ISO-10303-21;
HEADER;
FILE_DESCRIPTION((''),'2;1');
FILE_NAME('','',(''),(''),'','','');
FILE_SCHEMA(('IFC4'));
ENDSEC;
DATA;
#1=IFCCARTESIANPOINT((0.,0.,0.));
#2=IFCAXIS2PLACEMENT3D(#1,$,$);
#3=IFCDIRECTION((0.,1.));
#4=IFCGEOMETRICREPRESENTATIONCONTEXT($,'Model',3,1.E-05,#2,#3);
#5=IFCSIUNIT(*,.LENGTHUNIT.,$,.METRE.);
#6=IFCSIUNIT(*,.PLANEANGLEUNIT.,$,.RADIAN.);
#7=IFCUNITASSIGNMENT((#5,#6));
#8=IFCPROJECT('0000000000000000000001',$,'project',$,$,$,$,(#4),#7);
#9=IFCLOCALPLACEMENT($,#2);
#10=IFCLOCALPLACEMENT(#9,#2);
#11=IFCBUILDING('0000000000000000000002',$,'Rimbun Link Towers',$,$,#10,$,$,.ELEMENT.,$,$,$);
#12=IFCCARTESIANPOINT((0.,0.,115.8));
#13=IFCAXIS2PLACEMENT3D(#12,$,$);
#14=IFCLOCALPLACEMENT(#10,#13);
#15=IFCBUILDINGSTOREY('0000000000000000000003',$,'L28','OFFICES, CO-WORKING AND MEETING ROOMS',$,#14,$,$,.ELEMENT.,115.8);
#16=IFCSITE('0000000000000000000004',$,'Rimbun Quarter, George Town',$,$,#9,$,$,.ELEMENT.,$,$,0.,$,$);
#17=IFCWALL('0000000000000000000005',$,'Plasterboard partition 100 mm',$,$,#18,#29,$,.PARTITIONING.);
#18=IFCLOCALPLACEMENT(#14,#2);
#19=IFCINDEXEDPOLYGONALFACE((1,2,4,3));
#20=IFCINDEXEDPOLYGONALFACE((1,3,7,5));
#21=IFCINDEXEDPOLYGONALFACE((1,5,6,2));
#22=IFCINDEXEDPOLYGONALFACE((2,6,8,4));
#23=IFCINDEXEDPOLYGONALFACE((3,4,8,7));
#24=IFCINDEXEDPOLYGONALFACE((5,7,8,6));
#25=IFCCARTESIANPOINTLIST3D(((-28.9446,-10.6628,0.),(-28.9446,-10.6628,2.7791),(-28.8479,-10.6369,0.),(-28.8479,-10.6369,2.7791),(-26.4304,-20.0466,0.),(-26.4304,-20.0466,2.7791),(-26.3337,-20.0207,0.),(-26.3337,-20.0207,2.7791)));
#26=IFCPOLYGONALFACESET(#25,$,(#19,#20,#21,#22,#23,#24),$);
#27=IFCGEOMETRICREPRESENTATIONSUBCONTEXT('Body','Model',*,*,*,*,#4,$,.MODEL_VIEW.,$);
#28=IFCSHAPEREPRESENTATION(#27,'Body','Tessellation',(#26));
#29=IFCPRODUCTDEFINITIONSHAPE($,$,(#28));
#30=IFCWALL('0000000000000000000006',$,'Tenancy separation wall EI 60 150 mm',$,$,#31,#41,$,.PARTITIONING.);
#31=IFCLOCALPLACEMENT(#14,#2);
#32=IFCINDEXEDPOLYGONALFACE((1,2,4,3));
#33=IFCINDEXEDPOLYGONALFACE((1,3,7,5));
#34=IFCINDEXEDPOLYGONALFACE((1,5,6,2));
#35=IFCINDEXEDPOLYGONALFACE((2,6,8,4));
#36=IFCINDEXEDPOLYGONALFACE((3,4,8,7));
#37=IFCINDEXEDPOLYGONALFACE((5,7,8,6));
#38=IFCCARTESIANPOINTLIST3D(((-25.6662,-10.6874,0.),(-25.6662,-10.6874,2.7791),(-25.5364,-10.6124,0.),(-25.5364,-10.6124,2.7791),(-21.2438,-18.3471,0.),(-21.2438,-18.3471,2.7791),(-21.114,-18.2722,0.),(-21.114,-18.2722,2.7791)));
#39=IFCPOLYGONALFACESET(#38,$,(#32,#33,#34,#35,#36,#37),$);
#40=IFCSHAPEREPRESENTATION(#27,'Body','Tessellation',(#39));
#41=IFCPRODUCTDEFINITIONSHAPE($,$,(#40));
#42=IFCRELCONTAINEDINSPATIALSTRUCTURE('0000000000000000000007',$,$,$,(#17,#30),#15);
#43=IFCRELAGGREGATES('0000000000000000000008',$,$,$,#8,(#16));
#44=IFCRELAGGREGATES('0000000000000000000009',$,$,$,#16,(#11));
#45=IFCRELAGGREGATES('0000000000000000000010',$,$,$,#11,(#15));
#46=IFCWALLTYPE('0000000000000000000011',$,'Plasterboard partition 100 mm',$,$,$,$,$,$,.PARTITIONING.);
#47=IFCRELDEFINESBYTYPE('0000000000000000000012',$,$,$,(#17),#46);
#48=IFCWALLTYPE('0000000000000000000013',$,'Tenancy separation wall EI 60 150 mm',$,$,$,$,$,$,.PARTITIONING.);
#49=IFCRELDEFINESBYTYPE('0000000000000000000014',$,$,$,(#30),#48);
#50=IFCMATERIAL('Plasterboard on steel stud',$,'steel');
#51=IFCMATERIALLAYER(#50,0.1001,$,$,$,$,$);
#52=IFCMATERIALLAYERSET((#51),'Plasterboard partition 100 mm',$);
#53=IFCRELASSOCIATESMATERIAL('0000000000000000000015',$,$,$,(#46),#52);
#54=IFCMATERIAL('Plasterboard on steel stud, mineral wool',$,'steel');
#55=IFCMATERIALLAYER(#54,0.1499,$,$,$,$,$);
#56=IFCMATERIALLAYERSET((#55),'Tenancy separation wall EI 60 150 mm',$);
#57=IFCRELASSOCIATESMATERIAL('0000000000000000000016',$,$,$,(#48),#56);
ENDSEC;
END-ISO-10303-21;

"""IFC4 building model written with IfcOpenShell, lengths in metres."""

from ifc_helpers import new_model, si_unit, direction, frame, frame_2d, origin, place, context, subcontext, project, spatial, rectangle, extrude, material, layer, layer_set, type_object, element, save


model = new_model("IFC4")

# Units and contexts
model_context = context("Model", 3, precision=1e-05, world=origin(), true_north=direction((0.0, 1.0)))
body_context = subcontext(model_context, "Body", "Model", "MODEL_VIEW")
ifc_project = project(units=[si_unit("LENGTHUNIT", "METRE"), si_unit("PLANEANGLEUNIT", "RADIAN")], contexts=[model_context])

# Site, building, storey
site_placement = place(None, origin())
site = spatial("IfcSite", under=ifc_project, at=site_placement, Name="Rimbun Quarter, George Town", CompositionType="ELEMENT", RefElevation=0.0)
building_placement = place(site_placement, origin())
building = spatial("IfcBuilding", under=site, at=building_placement, Name="Rimbun Link Towers", CompositionType="ELEMENT")
storey_placement = place(building_placement, frame((0.0, 0.0, 115.8)))
storey = spatial("IfcBuildingStorey", under=building, at=storey_placement, Name="L28", Description="OFFICES, CO-WORKING AND MEETING ROOMS", CompositionType="ELEMENT", Elevation=115.8)

# Walls
ifc_material_1 = material(Name="Plasterboard on steel stud", Category="steel")
ifc_layer_1 = layer(ifc_material_1, 0.1001)
ifc_layer_set_1 = layer_set([ifc_layer_1], Name="Plasterboard partition 100 mm")
wall_type_1 = type_object("IfcWallType", Name="Plasterboard partition 100 mm", PredefinedType="PARTITIONING", material=ifc_layer_set_1)
wall_1_placement = place(storey_placement, frame((-26.3821, -20.0337, 0.0), z_axis=(0.0, 0.0, 1.0), x_axis=(-0.258798, 0.965931, 0.0)))
element("IfcWall", 1, at=wall_1_placement, inside=storey, type_object=wall_type_1, Name="Plasterboard partition 100 mm", PredefinedType="PARTITIONING", context=body_context, shape_type="SweptSolid", body=[
    extrude(rectangle(XDim=9.7148, YDim=0.1001, at=frame_2d((4.8574, 0.0))), origin(), (0.0, 0.0, 1.0), 2.7791),
])
ifc_material_2 = material(Name="Plasterboard on steel stud, mineral wool", Category="steel")
ifc_layer_2 = layer(ifc_material_2, 0.1499)
ifc_layer_set_2 = layer_set([ifc_layer_2], Name="Tenancy separation wall EI 60 150 mm")
wall_type_2 = type_object("IfcWallType", Name="Tenancy separation wall EI 60 150 mm", PredefinedType="PARTITIONING", material=ifc_layer_set_2)
wall_2_placement = place(storey_placement, frame((-25.6013, -10.6499, 0.0), z_axis=(0.0, 0.0, 1.0), x_axis=(0.500004, -0.866023, 0.0)))
element("IfcWall", 2, at=wall_2_placement, inside=storey, type_object=wall_type_2, Name="Tenancy separation wall EI 60 150 mm", PredefinedType="PARTITIONING", context=body_context, shape_type="SweptSolid", body=[
    extrude(rectangle(XDim=8.8447, YDim=0.1499, at=frame_2d((4.4224, 0.0))), origin(), (0.0, 0.0, 1.0), 2.7791),
])

save(model, "model.ifc")
